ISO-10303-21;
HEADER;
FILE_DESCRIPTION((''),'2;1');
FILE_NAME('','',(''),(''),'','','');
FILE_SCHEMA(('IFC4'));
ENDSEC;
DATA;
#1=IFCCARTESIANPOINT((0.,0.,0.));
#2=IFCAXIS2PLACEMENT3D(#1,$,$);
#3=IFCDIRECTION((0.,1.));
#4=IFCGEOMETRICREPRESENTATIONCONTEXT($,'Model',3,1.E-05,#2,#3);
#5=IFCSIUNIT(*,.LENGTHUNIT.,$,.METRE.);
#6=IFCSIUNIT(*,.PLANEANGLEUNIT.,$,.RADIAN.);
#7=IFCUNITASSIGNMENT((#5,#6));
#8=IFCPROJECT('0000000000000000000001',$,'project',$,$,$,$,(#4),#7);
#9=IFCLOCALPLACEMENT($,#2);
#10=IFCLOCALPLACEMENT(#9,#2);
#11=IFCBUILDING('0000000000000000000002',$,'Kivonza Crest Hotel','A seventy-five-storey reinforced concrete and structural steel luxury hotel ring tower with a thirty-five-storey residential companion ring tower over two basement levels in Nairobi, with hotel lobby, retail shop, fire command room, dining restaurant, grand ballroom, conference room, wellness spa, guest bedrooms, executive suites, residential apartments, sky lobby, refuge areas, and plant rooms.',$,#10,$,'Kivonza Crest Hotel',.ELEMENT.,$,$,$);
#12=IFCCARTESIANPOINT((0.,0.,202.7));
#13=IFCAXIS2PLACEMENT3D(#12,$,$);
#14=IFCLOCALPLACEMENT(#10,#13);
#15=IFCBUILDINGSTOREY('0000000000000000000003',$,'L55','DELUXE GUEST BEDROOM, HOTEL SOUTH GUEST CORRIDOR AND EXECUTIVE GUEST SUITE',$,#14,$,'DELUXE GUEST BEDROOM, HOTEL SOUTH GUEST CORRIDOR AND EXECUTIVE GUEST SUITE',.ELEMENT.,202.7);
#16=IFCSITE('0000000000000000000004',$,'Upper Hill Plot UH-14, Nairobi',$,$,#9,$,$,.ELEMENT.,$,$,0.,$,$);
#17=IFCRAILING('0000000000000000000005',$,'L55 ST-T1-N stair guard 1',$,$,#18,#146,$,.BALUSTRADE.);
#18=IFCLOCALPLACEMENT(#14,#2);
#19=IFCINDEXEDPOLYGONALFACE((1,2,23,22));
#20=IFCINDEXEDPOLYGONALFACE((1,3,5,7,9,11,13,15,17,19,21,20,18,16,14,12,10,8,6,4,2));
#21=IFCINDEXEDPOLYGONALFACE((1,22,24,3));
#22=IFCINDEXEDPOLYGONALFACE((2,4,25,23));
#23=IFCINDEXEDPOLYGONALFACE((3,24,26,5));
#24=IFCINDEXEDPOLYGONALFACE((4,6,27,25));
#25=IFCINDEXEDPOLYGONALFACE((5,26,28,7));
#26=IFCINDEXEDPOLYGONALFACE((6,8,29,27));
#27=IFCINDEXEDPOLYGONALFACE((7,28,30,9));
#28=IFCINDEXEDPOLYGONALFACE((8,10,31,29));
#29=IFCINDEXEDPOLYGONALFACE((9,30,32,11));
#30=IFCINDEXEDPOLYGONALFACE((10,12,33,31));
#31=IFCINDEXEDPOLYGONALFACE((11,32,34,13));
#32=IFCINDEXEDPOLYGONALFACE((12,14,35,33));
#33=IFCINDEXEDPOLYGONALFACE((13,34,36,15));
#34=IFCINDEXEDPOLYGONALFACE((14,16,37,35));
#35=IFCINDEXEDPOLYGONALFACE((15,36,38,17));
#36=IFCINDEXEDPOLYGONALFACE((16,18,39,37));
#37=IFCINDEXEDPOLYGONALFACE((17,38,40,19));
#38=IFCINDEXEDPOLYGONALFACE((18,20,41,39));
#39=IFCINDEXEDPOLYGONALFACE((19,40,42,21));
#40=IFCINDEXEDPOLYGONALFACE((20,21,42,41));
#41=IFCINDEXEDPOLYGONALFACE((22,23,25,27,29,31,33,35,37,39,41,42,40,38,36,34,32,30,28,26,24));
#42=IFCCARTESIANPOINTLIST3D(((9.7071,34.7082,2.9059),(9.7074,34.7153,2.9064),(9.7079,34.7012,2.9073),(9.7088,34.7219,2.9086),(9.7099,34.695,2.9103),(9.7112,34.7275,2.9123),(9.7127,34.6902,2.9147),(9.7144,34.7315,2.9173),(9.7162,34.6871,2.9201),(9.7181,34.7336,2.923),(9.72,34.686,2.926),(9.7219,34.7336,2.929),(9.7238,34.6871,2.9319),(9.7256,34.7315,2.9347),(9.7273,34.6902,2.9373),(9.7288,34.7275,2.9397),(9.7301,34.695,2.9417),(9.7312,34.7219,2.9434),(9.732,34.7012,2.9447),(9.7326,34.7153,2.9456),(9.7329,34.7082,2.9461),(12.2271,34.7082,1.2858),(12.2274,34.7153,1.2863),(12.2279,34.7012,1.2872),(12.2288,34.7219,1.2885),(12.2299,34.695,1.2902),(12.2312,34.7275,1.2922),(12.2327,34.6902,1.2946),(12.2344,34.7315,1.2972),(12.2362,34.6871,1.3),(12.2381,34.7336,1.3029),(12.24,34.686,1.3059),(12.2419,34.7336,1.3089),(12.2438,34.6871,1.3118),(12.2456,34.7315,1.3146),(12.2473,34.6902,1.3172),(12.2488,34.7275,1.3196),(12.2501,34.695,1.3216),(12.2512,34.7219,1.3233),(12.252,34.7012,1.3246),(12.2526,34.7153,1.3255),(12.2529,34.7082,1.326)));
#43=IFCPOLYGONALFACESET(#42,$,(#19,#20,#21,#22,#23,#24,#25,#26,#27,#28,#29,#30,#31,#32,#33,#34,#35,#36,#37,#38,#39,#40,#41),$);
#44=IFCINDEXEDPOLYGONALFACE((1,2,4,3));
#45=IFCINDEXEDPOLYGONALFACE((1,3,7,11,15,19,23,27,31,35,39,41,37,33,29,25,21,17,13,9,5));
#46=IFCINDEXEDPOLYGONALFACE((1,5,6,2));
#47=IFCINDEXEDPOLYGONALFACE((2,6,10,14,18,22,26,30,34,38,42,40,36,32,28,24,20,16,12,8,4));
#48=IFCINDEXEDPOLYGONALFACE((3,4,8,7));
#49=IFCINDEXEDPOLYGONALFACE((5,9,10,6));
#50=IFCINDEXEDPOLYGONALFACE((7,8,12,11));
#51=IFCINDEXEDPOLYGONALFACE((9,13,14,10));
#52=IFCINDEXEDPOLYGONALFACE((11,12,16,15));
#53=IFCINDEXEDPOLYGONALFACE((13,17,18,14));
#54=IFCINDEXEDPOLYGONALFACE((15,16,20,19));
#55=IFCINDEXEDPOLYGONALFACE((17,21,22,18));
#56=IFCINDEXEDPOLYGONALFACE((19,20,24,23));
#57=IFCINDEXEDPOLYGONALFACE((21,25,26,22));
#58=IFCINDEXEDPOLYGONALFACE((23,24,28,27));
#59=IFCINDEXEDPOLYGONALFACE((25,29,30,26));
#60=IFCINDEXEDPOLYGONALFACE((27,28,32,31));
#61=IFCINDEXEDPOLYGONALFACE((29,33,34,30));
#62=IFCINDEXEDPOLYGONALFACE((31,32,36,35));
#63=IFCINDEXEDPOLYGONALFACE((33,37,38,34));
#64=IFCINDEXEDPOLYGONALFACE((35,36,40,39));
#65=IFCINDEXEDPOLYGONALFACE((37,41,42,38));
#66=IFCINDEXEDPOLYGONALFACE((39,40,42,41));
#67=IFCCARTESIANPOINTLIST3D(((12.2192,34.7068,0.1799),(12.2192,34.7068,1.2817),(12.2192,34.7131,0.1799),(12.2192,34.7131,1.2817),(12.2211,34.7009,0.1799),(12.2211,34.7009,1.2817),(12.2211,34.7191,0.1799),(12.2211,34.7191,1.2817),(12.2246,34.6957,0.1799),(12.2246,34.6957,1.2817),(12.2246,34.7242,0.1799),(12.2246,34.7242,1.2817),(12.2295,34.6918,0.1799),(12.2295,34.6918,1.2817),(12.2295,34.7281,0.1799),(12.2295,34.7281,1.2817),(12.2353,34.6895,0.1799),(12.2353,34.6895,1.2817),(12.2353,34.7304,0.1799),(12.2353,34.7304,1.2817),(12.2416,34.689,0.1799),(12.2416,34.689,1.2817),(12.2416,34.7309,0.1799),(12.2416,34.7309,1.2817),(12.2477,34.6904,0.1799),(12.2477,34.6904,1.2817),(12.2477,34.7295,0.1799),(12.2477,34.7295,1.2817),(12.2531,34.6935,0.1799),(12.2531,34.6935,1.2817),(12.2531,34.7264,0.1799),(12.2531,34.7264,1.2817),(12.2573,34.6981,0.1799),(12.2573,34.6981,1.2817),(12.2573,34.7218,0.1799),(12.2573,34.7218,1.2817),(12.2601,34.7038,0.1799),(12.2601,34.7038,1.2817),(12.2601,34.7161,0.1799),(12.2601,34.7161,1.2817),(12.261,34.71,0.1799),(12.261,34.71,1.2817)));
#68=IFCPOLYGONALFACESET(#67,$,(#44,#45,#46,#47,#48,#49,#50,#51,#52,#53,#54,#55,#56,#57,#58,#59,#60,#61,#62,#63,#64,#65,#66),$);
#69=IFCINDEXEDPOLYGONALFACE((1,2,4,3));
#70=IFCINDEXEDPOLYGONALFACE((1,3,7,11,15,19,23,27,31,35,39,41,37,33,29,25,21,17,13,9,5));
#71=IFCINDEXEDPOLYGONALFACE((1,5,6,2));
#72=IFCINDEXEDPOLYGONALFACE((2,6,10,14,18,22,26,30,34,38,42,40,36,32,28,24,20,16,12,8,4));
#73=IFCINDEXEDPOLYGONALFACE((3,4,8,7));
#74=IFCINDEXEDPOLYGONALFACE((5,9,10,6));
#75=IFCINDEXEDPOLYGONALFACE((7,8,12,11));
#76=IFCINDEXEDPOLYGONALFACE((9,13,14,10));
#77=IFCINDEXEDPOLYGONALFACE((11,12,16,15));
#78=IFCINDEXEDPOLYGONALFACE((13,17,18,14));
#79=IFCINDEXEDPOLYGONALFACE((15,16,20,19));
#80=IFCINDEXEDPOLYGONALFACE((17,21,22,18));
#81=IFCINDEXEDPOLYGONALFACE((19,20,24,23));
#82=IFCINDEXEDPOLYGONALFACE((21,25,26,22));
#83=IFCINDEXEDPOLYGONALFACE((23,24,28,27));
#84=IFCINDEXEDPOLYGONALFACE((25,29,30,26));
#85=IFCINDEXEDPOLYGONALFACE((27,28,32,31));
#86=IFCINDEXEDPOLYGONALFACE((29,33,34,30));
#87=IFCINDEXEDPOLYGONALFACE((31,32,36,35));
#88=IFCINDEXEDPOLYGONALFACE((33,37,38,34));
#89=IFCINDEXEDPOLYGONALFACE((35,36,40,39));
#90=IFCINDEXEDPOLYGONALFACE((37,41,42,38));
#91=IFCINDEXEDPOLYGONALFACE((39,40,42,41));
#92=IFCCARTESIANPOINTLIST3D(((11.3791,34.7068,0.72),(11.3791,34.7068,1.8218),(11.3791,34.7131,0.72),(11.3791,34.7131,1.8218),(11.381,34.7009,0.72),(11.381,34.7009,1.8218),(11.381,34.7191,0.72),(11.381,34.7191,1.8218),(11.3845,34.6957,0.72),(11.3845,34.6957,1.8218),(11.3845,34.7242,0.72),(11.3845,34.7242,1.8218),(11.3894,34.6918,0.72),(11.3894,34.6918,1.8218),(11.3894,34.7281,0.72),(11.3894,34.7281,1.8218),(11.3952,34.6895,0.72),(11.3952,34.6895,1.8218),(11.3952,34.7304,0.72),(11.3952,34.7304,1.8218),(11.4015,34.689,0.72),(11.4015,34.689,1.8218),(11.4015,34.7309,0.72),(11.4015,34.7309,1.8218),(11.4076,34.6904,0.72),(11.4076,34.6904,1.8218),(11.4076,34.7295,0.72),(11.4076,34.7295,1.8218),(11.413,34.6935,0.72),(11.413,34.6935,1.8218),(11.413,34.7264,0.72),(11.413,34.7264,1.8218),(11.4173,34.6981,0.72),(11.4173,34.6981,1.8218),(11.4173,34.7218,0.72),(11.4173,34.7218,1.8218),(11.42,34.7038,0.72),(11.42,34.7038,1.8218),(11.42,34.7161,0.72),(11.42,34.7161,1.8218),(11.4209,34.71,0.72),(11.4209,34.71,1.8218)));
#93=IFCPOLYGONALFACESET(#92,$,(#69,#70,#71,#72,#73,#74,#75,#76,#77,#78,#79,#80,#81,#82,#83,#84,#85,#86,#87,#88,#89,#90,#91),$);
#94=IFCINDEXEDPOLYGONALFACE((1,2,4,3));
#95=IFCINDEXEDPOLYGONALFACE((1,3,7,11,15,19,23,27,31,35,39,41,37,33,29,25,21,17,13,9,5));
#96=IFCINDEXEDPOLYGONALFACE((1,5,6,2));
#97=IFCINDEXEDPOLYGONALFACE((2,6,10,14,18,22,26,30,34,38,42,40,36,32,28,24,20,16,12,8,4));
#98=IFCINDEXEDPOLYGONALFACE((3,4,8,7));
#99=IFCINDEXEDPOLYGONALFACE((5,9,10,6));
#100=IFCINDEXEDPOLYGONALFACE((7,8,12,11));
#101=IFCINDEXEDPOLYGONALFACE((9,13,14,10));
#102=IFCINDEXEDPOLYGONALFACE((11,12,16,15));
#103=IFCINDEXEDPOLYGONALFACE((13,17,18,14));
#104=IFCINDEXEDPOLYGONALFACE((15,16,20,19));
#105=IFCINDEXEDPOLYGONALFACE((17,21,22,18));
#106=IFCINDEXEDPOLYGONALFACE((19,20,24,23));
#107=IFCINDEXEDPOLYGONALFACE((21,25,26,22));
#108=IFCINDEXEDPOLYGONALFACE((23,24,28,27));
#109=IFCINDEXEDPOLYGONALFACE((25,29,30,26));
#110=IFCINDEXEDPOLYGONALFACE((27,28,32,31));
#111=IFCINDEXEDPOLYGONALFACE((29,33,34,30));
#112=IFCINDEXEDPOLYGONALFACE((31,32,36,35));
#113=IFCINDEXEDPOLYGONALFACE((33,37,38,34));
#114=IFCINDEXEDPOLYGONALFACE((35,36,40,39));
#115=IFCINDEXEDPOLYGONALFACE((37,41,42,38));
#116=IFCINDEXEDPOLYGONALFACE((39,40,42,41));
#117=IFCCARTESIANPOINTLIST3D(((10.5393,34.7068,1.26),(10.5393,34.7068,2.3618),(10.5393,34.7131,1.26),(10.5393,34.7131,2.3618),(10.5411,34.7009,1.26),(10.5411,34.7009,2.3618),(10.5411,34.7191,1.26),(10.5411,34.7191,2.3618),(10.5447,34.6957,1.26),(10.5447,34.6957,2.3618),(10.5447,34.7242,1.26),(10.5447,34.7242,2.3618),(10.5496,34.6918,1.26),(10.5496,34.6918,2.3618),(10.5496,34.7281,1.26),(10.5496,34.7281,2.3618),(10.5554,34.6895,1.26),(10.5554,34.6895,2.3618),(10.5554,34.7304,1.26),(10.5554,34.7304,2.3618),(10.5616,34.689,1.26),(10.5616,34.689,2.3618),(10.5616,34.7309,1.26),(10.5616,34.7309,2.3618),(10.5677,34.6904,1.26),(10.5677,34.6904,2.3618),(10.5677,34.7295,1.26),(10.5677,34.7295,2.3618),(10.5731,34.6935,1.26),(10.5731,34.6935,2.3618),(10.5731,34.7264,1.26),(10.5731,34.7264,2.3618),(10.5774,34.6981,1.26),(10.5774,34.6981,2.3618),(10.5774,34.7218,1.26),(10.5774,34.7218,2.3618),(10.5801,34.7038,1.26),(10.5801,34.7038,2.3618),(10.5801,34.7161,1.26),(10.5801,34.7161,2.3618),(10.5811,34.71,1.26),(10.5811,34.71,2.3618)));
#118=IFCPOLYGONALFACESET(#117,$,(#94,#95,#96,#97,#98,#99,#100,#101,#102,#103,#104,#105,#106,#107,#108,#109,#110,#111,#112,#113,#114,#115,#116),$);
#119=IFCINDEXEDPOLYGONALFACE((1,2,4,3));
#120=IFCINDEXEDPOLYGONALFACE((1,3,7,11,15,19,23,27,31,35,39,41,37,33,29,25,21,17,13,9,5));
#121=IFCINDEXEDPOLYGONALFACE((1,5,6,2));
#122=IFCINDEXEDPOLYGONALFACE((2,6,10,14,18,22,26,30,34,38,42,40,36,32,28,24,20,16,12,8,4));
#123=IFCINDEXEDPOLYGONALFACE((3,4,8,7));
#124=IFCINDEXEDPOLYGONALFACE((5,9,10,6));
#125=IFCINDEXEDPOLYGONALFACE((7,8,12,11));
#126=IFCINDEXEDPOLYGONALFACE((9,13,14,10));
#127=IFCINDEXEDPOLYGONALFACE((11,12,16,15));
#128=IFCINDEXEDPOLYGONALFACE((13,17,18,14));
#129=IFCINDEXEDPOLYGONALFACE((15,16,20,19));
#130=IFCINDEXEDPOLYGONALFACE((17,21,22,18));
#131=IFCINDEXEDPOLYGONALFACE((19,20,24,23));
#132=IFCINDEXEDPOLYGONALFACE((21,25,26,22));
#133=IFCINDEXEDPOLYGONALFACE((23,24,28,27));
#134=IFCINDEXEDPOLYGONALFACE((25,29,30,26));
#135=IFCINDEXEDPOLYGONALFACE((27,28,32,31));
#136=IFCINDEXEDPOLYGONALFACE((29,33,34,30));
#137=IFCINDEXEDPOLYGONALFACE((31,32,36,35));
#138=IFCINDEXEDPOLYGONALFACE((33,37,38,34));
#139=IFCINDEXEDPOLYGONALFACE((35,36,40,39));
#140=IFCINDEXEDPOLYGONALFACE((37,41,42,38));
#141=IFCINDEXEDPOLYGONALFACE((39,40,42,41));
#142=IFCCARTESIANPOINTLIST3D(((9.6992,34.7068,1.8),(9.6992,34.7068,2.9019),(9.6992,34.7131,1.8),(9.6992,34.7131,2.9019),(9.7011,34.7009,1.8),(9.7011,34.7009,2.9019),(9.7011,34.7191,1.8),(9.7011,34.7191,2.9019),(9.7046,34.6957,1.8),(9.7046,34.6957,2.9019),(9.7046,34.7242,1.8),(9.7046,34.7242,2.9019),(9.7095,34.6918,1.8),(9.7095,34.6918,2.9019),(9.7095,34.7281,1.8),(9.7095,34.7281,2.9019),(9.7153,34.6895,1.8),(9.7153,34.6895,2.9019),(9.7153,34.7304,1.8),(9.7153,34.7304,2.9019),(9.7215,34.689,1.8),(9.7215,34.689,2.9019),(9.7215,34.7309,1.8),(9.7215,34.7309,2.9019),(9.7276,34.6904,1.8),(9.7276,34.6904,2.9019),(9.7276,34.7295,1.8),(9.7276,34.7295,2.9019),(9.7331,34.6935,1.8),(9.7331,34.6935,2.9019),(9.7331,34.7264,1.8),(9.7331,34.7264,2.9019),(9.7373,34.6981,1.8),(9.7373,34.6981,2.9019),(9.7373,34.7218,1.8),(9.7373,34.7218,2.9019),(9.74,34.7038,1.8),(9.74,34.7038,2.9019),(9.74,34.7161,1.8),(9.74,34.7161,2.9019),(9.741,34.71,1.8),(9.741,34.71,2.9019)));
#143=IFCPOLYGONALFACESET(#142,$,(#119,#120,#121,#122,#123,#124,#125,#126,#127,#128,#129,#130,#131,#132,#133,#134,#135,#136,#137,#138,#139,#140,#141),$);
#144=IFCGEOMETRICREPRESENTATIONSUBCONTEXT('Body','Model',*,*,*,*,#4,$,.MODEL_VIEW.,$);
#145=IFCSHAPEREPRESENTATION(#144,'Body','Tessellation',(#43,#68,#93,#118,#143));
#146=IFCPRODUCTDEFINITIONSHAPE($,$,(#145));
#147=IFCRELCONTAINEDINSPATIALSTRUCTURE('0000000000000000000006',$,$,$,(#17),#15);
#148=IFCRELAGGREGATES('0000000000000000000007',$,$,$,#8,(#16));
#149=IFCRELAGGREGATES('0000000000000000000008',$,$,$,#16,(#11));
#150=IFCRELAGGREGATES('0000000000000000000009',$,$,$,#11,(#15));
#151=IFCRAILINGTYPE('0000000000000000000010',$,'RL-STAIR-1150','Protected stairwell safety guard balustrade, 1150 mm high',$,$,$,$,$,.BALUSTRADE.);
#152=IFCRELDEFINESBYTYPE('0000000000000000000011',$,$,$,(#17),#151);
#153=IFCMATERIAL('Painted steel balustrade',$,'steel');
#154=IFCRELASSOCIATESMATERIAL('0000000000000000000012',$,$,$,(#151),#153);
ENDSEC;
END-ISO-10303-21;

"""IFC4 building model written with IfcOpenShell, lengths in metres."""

from ifc_helpers import new_model, si_unit, direction, frame, origin, origin_2d, place, context, subcontext, project, spatial, circle, extrude, material, type_object, element, save


model = new_model("IFC4")

# Units and contexts
model_context = context("Model", 3, precision=1e-05, world=origin(), true_north=direction((0.0, 1.0)))
body_context = subcontext(model_context, "Body", "Model", "MODEL_VIEW")
ifc_project = project(units=[si_unit("LENGTHUNIT", "METRE"), si_unit("PLANEANGLEUNIT", "RADIAN")], contexts=[model_context])

# Site, building, storey
site_placement = place(None, origin())
site = spatial("IfcSite", under=ifc_project, at=site_placement, Name="Upper Hill Plot UH-14, Nairobi", CompositionType="ELEMENT", RefElevation=0.0)
building_placement = place(site_placement, origin())
building = spatial("IfcBuilding", under=site, at=building_placement, Name="Kivonza Crest Hotel", Description="A seventy-five-storey reinforced concrete and structural steel luxury hotel ring tower with a thirty-five-storey residential companion ring tower over two basement levels in Nairobi, with hotel lobby, retail shop, fire command room, dining restaurant, grand ballroom, conference room, wellness spa, guest bedrooms, executive suites, residential apartments, sky lobby, refuge areas, and plant rooms.", LongName="Kivonza Crest Hotel", CompositionType="ELEMENT")
storey_placement = place(building_placement, frame((0.0, 0.0, 202.7)))
storey = spatial("IfcBuildingStorey", under=building, at=storey_placement, Name="L55", Description="DELUXE GUEST BEDROOM, HOTEL SOUTH GUEST CORRIDOR AND EXECUTIVE GUEST SUITE", LongName="DELUXE GUEST BEDROOM, HOTEL SOUTH GUEST CORRIDOR AND EXECUTIVE GUEST SUITE", CompositionType="ELEMENT", Elevation=202.7)

# Railing
ifc_material_1 = material(Name="Painted steel balustrade", Category="steel")
railing_type_1 = type_object("IfcRailingType", Name="RL-STAIR-1150", Description="Protected stairwell safety guard balustrade, 1150 mm high", PredefinedType="BALUSTRADE", material=ifc_material_1)
railing_1_placement = place(storey_placement, frame((12.24, 34.71, 0.1799)))
element("IfcRailing", 1, at=railing_1_placement, inside=storey, type_object=railing_type_1, Name="L55 ST-T1-N stair guard 1", PredefinedType="BALUSTRADE", context=body_context, shape_type="SweptSolid", body=[
    extrude(circle(Radius=0.0239, at=origin_2d()), frame((0.0, 0.0, 1.126), z_axis=(-0.841163, 0.0, 0.540782), x_axis=(0.0, -1.0, 0.0)), (0.0, 0.0, 1.0), 2.9958),
    extrude(circle(Radius=0.021, at=origin_2d()), origin(), (0.0, 0.0, 1.0), 1.1018),
    extrude(circle(Radius=0.021, at=origin_2d()), frame((-0.8401, 0.0, 0.54)), (0.0, 0.0, 1.0), 1.1018),
    extrude(circle(Radius=0.021, at=origin_2d()), frame((-1.6799, 0.0, 1.0801)), (0.0, 0.0, 1.0), 1.1018),
    extrude(circle(Radius=0.021, at=origin_2d()), frame((-2.52, 0.0, 1.6201)), (0.0, 0.0, 1.0), 1.1018),
])

save(model, "model.ifc")
